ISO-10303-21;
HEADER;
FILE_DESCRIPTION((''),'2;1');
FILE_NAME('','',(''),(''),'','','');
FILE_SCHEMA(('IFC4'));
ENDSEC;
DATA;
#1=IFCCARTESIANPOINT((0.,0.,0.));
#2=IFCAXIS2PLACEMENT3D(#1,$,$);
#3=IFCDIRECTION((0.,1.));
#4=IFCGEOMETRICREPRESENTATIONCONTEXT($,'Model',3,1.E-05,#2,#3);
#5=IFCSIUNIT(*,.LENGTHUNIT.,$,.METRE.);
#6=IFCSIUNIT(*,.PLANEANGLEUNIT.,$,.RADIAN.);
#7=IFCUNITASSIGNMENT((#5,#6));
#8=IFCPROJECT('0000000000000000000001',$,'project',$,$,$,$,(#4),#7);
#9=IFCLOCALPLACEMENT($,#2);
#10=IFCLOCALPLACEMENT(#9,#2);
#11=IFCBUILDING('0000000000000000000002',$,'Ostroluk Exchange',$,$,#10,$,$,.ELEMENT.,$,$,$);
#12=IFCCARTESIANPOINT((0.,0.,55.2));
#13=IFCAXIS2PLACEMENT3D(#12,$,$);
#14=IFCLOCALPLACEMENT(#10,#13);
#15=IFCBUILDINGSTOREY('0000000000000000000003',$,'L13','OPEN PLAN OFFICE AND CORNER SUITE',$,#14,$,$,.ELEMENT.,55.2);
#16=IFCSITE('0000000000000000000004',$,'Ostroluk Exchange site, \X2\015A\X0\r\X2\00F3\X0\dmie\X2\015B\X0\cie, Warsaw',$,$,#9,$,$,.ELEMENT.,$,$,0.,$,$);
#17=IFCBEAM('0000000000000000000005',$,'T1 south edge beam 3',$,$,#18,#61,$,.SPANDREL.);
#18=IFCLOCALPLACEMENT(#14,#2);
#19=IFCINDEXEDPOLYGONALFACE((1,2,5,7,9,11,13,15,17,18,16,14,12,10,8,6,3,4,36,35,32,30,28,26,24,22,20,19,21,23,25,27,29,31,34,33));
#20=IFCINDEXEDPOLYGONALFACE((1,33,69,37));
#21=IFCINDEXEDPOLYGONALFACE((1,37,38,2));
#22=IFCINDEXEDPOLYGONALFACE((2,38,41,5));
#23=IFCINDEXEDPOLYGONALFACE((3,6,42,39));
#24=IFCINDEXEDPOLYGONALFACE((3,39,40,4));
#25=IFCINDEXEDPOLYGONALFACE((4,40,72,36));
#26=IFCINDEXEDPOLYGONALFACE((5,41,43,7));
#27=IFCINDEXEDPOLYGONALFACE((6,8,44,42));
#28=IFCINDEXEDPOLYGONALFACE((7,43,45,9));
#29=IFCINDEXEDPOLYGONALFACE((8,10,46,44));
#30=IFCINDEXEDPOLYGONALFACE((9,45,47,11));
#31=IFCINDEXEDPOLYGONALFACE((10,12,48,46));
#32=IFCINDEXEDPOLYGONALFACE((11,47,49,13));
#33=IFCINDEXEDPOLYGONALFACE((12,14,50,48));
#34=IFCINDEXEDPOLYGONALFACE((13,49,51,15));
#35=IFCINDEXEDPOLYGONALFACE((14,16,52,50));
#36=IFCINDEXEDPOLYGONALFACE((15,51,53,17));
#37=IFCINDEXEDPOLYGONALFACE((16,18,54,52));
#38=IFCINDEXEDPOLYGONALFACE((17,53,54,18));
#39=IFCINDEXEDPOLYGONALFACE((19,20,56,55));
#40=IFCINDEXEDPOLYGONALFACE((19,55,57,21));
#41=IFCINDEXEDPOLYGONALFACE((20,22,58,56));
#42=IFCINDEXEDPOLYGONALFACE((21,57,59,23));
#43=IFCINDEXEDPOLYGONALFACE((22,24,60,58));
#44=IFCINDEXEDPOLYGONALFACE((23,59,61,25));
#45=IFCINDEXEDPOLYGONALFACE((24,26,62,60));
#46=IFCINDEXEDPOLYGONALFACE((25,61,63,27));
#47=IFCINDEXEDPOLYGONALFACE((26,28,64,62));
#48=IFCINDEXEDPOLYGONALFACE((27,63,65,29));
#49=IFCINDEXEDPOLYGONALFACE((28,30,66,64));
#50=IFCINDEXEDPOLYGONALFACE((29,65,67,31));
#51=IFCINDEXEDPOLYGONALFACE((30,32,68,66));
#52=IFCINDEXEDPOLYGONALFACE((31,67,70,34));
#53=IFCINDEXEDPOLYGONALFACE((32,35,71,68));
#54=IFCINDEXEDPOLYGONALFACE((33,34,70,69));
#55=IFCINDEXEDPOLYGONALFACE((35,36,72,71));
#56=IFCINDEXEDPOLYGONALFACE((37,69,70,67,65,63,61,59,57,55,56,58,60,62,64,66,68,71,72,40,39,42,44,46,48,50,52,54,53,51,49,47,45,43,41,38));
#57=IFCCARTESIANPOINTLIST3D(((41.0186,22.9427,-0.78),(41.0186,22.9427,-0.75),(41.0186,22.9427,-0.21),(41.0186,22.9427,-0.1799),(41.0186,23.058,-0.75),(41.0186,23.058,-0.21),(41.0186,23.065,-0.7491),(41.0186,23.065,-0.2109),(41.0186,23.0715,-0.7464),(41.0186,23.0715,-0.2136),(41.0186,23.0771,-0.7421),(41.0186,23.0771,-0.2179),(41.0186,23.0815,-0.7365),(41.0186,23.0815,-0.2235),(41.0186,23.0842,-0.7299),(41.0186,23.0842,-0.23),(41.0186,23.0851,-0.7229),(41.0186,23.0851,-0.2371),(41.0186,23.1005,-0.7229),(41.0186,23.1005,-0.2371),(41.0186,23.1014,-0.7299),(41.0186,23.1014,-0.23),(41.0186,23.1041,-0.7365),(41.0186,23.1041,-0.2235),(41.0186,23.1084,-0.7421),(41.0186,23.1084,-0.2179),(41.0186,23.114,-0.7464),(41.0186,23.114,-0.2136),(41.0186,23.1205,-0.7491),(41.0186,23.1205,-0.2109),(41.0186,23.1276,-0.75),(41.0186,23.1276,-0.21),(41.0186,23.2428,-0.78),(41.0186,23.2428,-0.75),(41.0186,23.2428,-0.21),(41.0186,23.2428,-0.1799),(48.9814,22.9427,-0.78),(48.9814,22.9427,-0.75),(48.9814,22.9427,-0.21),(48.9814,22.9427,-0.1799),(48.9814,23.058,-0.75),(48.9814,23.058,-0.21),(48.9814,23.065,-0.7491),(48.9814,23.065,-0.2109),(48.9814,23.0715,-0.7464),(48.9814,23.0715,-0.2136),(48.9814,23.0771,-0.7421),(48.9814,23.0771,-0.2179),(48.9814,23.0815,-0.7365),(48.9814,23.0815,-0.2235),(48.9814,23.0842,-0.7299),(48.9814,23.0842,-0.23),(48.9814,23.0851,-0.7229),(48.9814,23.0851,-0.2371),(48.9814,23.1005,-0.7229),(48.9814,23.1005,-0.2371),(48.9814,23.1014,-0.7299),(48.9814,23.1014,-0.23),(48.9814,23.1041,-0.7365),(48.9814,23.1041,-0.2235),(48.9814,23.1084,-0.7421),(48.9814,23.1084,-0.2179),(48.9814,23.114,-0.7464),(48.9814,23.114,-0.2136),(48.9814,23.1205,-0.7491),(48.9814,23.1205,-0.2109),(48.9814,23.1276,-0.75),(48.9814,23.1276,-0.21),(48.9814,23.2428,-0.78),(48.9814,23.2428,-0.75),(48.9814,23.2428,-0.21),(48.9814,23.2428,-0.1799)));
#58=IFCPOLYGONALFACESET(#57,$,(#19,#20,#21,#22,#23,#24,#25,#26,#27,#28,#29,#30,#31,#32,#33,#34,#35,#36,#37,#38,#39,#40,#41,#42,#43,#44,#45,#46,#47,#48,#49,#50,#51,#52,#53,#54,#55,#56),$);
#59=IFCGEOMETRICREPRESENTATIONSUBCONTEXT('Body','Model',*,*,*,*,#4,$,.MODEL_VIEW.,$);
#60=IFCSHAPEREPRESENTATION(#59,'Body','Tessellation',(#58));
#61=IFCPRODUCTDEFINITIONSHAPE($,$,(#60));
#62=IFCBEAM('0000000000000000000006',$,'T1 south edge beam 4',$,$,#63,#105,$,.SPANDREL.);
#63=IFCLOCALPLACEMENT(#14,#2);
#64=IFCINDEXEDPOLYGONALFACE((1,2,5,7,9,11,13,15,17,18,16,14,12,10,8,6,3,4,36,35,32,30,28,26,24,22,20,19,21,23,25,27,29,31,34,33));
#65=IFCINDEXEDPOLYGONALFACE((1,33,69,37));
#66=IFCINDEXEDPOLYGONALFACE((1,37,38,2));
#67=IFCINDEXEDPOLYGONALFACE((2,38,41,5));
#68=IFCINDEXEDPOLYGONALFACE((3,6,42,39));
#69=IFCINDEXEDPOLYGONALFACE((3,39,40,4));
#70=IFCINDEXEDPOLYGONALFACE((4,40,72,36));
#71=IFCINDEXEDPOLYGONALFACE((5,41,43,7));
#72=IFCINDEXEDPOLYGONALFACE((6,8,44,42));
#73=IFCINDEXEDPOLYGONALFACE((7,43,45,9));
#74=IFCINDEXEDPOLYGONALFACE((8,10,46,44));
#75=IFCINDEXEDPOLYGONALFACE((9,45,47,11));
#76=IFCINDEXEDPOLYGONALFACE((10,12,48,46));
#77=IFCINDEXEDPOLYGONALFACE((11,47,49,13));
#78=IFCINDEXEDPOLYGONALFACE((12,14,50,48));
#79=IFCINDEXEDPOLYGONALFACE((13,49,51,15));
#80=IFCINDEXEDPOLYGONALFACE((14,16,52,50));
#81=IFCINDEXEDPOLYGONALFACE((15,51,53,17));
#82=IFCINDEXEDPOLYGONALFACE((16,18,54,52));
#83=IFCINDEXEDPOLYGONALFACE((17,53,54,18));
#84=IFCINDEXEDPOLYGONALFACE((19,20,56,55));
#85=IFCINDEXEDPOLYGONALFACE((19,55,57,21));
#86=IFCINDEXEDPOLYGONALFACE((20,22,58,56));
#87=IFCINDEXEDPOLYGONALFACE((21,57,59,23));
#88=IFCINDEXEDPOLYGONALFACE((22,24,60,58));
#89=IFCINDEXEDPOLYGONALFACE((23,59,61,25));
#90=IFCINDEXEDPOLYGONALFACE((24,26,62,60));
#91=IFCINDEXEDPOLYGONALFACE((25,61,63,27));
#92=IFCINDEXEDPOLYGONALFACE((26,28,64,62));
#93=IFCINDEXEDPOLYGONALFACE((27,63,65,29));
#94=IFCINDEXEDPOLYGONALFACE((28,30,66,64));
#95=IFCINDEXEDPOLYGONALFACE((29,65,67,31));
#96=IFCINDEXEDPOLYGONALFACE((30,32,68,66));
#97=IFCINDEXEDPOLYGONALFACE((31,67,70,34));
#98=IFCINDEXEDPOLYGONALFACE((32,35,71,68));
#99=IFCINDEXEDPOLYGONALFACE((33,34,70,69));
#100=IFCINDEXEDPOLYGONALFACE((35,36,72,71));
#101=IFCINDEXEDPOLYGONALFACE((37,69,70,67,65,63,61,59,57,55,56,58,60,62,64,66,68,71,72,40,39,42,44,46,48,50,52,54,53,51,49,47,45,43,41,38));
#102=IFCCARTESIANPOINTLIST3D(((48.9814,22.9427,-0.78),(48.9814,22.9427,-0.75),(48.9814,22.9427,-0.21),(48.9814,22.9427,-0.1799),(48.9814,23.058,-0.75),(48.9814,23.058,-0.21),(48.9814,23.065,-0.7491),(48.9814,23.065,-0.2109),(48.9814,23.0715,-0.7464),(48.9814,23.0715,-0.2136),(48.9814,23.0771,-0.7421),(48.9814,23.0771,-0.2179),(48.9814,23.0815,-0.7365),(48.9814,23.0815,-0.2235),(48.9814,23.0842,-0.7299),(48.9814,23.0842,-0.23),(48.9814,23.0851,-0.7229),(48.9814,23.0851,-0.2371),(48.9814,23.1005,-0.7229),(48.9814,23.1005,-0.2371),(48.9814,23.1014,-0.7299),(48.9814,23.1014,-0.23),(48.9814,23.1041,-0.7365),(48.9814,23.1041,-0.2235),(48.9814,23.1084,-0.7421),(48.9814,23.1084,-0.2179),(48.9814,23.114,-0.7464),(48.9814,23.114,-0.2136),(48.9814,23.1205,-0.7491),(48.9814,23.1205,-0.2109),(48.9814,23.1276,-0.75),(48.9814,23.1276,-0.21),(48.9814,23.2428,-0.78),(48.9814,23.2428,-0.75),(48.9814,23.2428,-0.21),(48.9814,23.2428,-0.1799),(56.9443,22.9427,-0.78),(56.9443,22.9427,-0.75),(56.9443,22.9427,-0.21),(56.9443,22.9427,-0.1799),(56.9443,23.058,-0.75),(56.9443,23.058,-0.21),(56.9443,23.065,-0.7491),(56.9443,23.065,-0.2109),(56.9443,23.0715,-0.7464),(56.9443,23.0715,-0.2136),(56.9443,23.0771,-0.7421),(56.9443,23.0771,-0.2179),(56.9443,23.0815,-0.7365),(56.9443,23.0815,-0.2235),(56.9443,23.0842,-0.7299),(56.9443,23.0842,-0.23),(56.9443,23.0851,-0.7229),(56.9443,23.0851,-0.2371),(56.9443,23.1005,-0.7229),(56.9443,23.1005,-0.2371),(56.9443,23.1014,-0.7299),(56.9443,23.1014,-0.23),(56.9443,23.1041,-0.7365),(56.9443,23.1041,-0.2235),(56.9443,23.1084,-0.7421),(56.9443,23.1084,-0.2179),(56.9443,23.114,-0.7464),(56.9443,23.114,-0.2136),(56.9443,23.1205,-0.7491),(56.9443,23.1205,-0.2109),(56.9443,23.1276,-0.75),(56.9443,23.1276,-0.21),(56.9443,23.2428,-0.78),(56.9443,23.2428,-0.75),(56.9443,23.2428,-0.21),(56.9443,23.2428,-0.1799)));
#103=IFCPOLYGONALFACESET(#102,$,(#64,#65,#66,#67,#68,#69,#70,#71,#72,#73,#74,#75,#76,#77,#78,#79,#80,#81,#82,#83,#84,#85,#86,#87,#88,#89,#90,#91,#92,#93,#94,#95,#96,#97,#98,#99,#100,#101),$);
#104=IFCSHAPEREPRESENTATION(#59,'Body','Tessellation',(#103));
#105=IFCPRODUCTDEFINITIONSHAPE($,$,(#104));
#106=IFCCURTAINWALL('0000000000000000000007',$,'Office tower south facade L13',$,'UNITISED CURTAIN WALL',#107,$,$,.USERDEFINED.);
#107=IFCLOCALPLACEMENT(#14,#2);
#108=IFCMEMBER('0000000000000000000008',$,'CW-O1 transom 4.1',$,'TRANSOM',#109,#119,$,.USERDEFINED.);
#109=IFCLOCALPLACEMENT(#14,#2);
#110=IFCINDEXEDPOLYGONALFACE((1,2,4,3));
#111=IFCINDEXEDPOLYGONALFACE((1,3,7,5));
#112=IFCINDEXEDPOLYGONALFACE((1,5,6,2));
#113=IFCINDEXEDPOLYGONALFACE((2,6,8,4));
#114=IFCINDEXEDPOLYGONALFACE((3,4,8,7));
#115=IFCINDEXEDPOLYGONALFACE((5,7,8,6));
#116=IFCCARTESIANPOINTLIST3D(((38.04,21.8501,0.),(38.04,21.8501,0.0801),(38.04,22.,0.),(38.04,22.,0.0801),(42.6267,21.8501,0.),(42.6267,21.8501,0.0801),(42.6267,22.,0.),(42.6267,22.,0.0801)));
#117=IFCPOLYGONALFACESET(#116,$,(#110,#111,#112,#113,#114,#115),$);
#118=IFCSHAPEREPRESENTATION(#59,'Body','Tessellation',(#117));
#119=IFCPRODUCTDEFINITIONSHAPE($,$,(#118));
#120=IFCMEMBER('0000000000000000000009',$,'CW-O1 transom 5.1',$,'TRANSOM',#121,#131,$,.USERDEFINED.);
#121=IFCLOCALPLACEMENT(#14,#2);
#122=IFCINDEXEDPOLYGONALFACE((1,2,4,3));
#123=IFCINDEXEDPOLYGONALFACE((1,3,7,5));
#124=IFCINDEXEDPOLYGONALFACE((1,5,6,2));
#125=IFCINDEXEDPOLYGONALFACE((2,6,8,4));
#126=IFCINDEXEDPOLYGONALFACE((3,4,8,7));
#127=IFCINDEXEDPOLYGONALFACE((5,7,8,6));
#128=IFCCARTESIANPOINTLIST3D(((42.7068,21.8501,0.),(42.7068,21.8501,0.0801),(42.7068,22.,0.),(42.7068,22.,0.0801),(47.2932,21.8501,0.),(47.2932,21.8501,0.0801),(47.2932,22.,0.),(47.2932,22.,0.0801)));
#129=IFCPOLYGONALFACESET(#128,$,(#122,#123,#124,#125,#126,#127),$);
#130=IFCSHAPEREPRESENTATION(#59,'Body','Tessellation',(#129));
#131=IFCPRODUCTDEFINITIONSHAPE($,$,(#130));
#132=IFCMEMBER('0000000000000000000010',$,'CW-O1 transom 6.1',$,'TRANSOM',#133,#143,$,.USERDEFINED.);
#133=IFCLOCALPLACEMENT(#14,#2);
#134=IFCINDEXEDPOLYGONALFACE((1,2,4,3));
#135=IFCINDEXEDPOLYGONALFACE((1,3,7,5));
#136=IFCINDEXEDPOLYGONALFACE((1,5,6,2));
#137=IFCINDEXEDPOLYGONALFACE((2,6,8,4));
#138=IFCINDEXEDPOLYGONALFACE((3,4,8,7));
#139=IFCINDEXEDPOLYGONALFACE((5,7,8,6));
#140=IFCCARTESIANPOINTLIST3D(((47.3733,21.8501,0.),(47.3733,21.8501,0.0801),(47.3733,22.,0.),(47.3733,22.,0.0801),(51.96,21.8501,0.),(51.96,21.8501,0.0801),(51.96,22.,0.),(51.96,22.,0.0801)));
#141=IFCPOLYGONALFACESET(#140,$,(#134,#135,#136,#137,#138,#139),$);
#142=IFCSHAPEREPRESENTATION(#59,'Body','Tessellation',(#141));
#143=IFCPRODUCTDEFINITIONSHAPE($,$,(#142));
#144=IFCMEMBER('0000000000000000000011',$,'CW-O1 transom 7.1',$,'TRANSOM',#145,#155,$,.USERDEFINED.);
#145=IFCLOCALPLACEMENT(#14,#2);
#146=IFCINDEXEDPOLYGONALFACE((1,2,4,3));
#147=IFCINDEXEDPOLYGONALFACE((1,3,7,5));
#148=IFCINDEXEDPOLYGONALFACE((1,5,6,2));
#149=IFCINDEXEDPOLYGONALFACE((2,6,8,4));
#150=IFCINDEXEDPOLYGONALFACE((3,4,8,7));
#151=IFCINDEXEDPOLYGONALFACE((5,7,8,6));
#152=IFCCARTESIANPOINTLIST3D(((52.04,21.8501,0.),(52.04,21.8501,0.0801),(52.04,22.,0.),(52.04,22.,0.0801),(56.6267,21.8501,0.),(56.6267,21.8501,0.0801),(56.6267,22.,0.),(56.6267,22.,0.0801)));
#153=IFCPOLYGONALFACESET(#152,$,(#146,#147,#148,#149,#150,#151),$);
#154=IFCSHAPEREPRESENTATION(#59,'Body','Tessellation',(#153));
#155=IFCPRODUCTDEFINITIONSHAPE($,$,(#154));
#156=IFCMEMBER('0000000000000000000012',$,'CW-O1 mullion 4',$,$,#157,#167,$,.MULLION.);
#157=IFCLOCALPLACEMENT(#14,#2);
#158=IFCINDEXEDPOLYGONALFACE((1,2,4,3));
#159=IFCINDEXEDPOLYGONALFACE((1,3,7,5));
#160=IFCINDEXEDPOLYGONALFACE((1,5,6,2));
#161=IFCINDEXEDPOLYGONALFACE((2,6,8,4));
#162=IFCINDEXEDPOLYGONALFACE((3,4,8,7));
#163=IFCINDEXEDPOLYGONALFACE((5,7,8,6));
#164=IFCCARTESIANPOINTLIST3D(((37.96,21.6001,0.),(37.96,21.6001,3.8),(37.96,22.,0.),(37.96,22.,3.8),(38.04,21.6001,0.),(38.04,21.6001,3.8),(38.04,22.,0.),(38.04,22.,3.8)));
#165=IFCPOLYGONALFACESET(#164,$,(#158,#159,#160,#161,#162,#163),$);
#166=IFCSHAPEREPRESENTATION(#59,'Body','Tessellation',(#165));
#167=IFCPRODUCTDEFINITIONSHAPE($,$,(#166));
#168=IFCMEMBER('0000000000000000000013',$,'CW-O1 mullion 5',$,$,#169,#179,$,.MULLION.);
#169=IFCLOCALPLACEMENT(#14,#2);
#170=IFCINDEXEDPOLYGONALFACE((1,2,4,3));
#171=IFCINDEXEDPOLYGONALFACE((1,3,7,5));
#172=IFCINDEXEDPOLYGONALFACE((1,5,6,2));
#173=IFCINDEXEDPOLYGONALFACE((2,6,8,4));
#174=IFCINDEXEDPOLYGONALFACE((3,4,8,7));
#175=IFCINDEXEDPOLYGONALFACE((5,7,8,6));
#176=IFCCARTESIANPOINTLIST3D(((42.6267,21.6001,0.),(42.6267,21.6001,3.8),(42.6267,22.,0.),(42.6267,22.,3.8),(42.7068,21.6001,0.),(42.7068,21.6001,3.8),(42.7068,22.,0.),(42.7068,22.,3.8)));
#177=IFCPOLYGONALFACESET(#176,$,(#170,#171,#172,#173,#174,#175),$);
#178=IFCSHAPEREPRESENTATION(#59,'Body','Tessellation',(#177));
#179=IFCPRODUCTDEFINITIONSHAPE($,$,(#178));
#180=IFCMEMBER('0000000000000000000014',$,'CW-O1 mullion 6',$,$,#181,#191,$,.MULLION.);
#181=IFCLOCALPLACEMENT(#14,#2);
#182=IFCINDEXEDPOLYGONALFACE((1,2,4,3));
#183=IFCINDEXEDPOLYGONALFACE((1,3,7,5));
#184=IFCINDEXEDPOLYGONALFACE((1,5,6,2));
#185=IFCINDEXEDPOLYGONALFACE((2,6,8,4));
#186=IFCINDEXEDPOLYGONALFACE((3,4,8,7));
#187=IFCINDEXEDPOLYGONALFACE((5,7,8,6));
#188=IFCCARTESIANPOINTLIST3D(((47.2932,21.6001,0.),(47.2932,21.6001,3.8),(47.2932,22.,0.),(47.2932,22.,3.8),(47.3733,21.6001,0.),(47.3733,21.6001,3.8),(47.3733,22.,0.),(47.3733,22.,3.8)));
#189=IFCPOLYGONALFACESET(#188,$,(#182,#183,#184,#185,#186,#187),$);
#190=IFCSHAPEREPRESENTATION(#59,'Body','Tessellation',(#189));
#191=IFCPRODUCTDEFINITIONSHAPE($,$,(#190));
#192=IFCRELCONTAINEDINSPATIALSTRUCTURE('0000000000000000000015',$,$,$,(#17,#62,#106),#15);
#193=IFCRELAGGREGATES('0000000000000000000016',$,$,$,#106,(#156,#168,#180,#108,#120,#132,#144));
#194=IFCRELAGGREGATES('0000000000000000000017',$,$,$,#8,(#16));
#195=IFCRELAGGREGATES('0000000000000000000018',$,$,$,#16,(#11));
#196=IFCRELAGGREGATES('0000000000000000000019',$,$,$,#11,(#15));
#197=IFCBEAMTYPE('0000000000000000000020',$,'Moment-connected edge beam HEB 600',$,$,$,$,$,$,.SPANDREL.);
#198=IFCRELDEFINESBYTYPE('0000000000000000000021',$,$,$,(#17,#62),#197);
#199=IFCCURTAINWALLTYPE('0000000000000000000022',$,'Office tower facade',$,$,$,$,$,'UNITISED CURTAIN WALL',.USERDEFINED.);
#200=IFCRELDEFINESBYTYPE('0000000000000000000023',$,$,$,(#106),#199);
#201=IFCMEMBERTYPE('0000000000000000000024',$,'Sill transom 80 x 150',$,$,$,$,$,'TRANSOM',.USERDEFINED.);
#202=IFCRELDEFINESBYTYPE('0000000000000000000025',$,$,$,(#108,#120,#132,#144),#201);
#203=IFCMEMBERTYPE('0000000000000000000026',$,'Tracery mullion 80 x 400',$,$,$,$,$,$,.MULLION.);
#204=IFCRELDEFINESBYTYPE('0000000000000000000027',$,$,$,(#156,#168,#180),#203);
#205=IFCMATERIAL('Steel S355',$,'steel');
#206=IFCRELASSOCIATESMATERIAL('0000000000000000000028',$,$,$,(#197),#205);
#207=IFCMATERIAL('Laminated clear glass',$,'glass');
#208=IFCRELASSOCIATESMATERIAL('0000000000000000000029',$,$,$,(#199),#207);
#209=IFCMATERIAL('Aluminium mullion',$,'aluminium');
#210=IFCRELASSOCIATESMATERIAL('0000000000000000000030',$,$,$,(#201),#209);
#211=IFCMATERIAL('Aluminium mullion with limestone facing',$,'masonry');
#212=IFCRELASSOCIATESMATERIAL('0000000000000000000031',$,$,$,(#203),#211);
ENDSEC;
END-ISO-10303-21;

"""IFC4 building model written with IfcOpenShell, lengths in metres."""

from ifc_helpers import new_model, si_unit, direction, frame, origin, origin_2d, place, context, subcontext, project, spatial, rectangle, i_section, extrude, material, material_profile, profile_set, type_object, element, aggregate, save


model = new_model("IFC4")

# Units and contexts
model_context = context("Model", 3, precision=1e-05, world=origin(), true_north=direction((0.0, 1.0)))
body_context = subcontext(model_context, "Body", "Model", "MODEL_VIEW")
ifc_project = project(units=[si_unit("LENGTHUNIT", "METRE"), si_unit("PLANEANGLEUNIT", "RADIAN")], contexts=[model_context])

# Site, building, storey
site_placement = place(None, origin())
site = spatial("IfcSite", under=ifc_project, at=site_placement, Name="Ostroluk Exchange site, Śródmieście, Warsaw", CompositionType="ELEMENT", RefElevation=0.0)
building_placement = place(site_placement, origin())
building = spatial("IfcBuilding", under=site, at=building_placement, Name="Ostroluk Exchange", CompositionType="ELEMENT")
storey_placement = place(building_placement, frame((0.0, 0.0, 55.2)))
storey = spatial("IfcBuildingStorey", under=building, at=storey_placement, Name="L13", Description="OPEN PLAN OFFICE AND CORNER SUITE", CompositionType="ELEMENT", Elevation=55.2)

# Beams
ifc_material_1 = material(Name="Steel S355", Category="steel")
ifc_material_profile_1 = material_profile(ifc_material_1, i_section(OverallWidth=0.3, OverallDepth=0.6001, WebThickness=0.0154, FlangeThickness=0.03, FilletRadius=0.0271, at=origin_2d()), Name="HEB 600")
ifc_profile_set_1 = profile_set([ifc_material_profile_1], Name="Steel S355")
beam_type = type_object("IfcBeamType", Name="Moment-connected edge beam HEB 600", PredefinedType="SPANDREL", material=ifc_profile_set_1)
for number, where, z_axis, x_axis, name in (
    (1, (41.0186, 23.0928, -0.48), (1.0, 0.0, 0.0), (0.0, 1.0, 0.0), "T1 south edge beam 3"),
    (2, (48.9814, 23.0928, -0.48), (1.0, 0.0, 0.0), (0.0, 1.0, 0.0), "T1 south edge beam 4"),
):
    element("IfcBeam", number, at=place(storey_placement, frame(where, z_axis=z_axis, x_axis=x_axis)), inside=storey, type_object=beam_type, Name=name, PredefinedType="SPANDREL", context=body_context, shape_type="SweptSolid", body=[
        extrude(i_section(OverallWidth=0.3, OverallDepth=0.6001, WebThickness=0.0154, FlangeThickness=0.03, FilletRadius=0.0271, at=origin_2d()), origin(), (0.0, 0.0, 1.0), 7.9629),
    ])

# Curtain wall, members
ifc_material_2 = material(Name="Laminated clear glass", Category="glass")
curtain_wall_type = type_object("IfcCurtainWallType", Name="Office tower facade", ElementType="UNITISED CURTAIN WALL", PredefinedType="USERDEFINED", material=ifc_material_2)
curtain_wall_placement = place(storey_placement, origin())
curtain_wall = element("IfcCurtainWall", 3, at=curtain_wall_placement, inside=storey, type_object=curtain_wall_type, Name="Office tower south facade L13", ObjectType="UNITISED CURTAIN WALL", PredefinedType="USERDEFINED")
ifc_material_3 = material(Name="Aluminium mullion", Category="aluminium")
ifc_material_profile_2 = material_profile(ifc_material_3, rectangle(XDim=0.1499, YDim=0.0801, at=origin_2d()), Name="Sill transom 80 x 150")
ifc_profile_set_2 = profile_set([ifc_material_profile_2], Name="Aluminium mullion")
member_type_1 = type_object("IfcMemberType", Name="Sill transom 80 x 150", ElementType="TRANSOM", PredefinedType="USERDEFINED", material=ifc_profile_set_2)
member_1_placement = place(storey_placement, frame((38.04, 21.925, 0.04), z_axis=(1.0, 0.0, 0.0), x_axis=(0.0, 1.0, 0.0)))
member_1 = element("IfcMember", 4, at=member_1_placement, type_object=member_type_1, Name="CW-O1 transom 4.1", ObjectType="TRANSOM", PredefinedType="USERDEFINED", context=body_context, shape_type="SweptSolid", body=[
    extrude(rectangle(XDim=0.1499, YDim=0.0801, at=origin_2d()), origin(), (0.0, 0.0, 1.0), 4.5867),
])
member_2_placement = place(storey_placement, frame((42.7068, 21.925, 0.04), z_axis=(1.0, 0.0, 0.0), x_axis=(0.0, 1.0, 0.0)))
member_2 = element("IfcMember", 5, at=member_2_placement, type_object=member_type_1, Name="CW-O1 transom 5.1", ObjectType="TRANSOM", PredefinedType="USERDEFINED", context=body_context, shape_type="SweptSolid", body=[
    extrude(rectangle(XDim=0.1499, YDim=0.0801, at=origin_2d()), origin(), (0.0, 0.0, 1.0), 4.5864),
])
member_3_placement = place(storey_placement, frame((47.3733, 21.925, 0.04), z_axis=(1.0, 0.0, 0.0), x_axis=(0.0, 1.0, 0.0)))
member_3 = element("IfcMember", 6, at=member_3_placement, type_object=member_type_1, Name="CW-O1 transom 6.1", ObjectType="TRANSOM", PredefinedType="USERDEFINED", context=body_context, shape_type="SweptSolid", body=[
    extrude(rectangle(XDim=0.1499, YDim=0.0801, at=origin_2d()), origin(), (0.0, 0.0, 1.0), 4.5867),
])
member_4_placement = place(storey_placement, frame((52.04, 21.925, 0.04), z_axis=(1.0, 0.0, 0.0), x_axis=(0.0, 1.0, 0.0)))
member_4 = element("IfcMember", 7, at=member_4_placement, type_object=member_type_1, Name="CW-O1 transom 7.1", ObjectType="TRANSOM", PredefinedType="USERDEFINED", context=body_context, shape_type="SweptSolid", body=[
    extrude(rectangle(XDim=0.1499, YDim=0.0801, at=origin_2d()), origin(), (0.0, 0.0, 1.0), 4.5867),
])
ifc_material_4 = material(Name="Aluminium mullion with limestone facing", Category="masonry")
ifc_material_profile_3 = material_profile(ifc_material_4, rectangle(XDim=0.3999, YDim=0.0801, at=origin_2d()), Name="Tracery mullion 80 x 400")
ifc_profile_set_3 = profile_set([ifc_material_profile_3], Name="Aluminium mullion with limestone facing")
member_type_2 = type_object("IfcMemberType", Name="Tracery mullion 80 x 400", PredefinedType="MULLION", material=ifc_profile_set_3)
member_5_placement = place(storey_placement, frame((38.0, 21.8, 0.0), z_axis=(0.0, 0.0, 1.0), x_axis=(0.0, 1.0, 0.0)))
member_5 = element("IfcMember", 8, at=member_5_placement, type_object=member_type_2, Name="CW-O1 mullion 4", PredefinedType="MULLION", context=body_context, shape_type="SweptSolid", body=[
    extrude(rectangle(XDim=0.3999, YDim=0.0801, at=origin_2d()), origin(), (0.0, 0.0, 1.0), 3.8),
])
member_6_placement = place(storey_placement, frame((42.6667, 21.8, 0.0), z_axis=(0.0, 0.0, 1.0), x_axis=(0.0, 1.0, 0.0)))
member_6 = element("IfcMember", 9, at=member_6_placement, type_object=member_type_2, Name="CW-O1 mullion 5", PredefinedType="MULLION", context=body_context, shape_type="SweptSolid", body=[
    extrude(rectangle(XDim=0.3999, YDim=0.0801, at=origin_2d()), origin(), (0.0, 0.0, 1.0), 3.8),
])
member_7_placement = place(storey_placement, frame((47.3333, 21.8, 0.0), z_axis=(0.0, 0.0, 1.0), x_axis=(0.0, 1.0, 0.0)))
member_7 = element("IfcMember", 10, at=member_7_placement, type_object=member_type_2, Name="CW-O1 mullion 6", PredefinedType="MULLION", context=body_context, shape_type="SweptSolid", body=[
    extrude(rectangle(XDim=0.3999, YDim=0.0801, at=origin_2d()), origin(), (0.0, 0.0, 1.0), 3.8),
])
aggregate(curtain_wall, [member_5, member_6, member_7, member_1, member_2, member_3, member_4])

save(model, "model.ifc")
